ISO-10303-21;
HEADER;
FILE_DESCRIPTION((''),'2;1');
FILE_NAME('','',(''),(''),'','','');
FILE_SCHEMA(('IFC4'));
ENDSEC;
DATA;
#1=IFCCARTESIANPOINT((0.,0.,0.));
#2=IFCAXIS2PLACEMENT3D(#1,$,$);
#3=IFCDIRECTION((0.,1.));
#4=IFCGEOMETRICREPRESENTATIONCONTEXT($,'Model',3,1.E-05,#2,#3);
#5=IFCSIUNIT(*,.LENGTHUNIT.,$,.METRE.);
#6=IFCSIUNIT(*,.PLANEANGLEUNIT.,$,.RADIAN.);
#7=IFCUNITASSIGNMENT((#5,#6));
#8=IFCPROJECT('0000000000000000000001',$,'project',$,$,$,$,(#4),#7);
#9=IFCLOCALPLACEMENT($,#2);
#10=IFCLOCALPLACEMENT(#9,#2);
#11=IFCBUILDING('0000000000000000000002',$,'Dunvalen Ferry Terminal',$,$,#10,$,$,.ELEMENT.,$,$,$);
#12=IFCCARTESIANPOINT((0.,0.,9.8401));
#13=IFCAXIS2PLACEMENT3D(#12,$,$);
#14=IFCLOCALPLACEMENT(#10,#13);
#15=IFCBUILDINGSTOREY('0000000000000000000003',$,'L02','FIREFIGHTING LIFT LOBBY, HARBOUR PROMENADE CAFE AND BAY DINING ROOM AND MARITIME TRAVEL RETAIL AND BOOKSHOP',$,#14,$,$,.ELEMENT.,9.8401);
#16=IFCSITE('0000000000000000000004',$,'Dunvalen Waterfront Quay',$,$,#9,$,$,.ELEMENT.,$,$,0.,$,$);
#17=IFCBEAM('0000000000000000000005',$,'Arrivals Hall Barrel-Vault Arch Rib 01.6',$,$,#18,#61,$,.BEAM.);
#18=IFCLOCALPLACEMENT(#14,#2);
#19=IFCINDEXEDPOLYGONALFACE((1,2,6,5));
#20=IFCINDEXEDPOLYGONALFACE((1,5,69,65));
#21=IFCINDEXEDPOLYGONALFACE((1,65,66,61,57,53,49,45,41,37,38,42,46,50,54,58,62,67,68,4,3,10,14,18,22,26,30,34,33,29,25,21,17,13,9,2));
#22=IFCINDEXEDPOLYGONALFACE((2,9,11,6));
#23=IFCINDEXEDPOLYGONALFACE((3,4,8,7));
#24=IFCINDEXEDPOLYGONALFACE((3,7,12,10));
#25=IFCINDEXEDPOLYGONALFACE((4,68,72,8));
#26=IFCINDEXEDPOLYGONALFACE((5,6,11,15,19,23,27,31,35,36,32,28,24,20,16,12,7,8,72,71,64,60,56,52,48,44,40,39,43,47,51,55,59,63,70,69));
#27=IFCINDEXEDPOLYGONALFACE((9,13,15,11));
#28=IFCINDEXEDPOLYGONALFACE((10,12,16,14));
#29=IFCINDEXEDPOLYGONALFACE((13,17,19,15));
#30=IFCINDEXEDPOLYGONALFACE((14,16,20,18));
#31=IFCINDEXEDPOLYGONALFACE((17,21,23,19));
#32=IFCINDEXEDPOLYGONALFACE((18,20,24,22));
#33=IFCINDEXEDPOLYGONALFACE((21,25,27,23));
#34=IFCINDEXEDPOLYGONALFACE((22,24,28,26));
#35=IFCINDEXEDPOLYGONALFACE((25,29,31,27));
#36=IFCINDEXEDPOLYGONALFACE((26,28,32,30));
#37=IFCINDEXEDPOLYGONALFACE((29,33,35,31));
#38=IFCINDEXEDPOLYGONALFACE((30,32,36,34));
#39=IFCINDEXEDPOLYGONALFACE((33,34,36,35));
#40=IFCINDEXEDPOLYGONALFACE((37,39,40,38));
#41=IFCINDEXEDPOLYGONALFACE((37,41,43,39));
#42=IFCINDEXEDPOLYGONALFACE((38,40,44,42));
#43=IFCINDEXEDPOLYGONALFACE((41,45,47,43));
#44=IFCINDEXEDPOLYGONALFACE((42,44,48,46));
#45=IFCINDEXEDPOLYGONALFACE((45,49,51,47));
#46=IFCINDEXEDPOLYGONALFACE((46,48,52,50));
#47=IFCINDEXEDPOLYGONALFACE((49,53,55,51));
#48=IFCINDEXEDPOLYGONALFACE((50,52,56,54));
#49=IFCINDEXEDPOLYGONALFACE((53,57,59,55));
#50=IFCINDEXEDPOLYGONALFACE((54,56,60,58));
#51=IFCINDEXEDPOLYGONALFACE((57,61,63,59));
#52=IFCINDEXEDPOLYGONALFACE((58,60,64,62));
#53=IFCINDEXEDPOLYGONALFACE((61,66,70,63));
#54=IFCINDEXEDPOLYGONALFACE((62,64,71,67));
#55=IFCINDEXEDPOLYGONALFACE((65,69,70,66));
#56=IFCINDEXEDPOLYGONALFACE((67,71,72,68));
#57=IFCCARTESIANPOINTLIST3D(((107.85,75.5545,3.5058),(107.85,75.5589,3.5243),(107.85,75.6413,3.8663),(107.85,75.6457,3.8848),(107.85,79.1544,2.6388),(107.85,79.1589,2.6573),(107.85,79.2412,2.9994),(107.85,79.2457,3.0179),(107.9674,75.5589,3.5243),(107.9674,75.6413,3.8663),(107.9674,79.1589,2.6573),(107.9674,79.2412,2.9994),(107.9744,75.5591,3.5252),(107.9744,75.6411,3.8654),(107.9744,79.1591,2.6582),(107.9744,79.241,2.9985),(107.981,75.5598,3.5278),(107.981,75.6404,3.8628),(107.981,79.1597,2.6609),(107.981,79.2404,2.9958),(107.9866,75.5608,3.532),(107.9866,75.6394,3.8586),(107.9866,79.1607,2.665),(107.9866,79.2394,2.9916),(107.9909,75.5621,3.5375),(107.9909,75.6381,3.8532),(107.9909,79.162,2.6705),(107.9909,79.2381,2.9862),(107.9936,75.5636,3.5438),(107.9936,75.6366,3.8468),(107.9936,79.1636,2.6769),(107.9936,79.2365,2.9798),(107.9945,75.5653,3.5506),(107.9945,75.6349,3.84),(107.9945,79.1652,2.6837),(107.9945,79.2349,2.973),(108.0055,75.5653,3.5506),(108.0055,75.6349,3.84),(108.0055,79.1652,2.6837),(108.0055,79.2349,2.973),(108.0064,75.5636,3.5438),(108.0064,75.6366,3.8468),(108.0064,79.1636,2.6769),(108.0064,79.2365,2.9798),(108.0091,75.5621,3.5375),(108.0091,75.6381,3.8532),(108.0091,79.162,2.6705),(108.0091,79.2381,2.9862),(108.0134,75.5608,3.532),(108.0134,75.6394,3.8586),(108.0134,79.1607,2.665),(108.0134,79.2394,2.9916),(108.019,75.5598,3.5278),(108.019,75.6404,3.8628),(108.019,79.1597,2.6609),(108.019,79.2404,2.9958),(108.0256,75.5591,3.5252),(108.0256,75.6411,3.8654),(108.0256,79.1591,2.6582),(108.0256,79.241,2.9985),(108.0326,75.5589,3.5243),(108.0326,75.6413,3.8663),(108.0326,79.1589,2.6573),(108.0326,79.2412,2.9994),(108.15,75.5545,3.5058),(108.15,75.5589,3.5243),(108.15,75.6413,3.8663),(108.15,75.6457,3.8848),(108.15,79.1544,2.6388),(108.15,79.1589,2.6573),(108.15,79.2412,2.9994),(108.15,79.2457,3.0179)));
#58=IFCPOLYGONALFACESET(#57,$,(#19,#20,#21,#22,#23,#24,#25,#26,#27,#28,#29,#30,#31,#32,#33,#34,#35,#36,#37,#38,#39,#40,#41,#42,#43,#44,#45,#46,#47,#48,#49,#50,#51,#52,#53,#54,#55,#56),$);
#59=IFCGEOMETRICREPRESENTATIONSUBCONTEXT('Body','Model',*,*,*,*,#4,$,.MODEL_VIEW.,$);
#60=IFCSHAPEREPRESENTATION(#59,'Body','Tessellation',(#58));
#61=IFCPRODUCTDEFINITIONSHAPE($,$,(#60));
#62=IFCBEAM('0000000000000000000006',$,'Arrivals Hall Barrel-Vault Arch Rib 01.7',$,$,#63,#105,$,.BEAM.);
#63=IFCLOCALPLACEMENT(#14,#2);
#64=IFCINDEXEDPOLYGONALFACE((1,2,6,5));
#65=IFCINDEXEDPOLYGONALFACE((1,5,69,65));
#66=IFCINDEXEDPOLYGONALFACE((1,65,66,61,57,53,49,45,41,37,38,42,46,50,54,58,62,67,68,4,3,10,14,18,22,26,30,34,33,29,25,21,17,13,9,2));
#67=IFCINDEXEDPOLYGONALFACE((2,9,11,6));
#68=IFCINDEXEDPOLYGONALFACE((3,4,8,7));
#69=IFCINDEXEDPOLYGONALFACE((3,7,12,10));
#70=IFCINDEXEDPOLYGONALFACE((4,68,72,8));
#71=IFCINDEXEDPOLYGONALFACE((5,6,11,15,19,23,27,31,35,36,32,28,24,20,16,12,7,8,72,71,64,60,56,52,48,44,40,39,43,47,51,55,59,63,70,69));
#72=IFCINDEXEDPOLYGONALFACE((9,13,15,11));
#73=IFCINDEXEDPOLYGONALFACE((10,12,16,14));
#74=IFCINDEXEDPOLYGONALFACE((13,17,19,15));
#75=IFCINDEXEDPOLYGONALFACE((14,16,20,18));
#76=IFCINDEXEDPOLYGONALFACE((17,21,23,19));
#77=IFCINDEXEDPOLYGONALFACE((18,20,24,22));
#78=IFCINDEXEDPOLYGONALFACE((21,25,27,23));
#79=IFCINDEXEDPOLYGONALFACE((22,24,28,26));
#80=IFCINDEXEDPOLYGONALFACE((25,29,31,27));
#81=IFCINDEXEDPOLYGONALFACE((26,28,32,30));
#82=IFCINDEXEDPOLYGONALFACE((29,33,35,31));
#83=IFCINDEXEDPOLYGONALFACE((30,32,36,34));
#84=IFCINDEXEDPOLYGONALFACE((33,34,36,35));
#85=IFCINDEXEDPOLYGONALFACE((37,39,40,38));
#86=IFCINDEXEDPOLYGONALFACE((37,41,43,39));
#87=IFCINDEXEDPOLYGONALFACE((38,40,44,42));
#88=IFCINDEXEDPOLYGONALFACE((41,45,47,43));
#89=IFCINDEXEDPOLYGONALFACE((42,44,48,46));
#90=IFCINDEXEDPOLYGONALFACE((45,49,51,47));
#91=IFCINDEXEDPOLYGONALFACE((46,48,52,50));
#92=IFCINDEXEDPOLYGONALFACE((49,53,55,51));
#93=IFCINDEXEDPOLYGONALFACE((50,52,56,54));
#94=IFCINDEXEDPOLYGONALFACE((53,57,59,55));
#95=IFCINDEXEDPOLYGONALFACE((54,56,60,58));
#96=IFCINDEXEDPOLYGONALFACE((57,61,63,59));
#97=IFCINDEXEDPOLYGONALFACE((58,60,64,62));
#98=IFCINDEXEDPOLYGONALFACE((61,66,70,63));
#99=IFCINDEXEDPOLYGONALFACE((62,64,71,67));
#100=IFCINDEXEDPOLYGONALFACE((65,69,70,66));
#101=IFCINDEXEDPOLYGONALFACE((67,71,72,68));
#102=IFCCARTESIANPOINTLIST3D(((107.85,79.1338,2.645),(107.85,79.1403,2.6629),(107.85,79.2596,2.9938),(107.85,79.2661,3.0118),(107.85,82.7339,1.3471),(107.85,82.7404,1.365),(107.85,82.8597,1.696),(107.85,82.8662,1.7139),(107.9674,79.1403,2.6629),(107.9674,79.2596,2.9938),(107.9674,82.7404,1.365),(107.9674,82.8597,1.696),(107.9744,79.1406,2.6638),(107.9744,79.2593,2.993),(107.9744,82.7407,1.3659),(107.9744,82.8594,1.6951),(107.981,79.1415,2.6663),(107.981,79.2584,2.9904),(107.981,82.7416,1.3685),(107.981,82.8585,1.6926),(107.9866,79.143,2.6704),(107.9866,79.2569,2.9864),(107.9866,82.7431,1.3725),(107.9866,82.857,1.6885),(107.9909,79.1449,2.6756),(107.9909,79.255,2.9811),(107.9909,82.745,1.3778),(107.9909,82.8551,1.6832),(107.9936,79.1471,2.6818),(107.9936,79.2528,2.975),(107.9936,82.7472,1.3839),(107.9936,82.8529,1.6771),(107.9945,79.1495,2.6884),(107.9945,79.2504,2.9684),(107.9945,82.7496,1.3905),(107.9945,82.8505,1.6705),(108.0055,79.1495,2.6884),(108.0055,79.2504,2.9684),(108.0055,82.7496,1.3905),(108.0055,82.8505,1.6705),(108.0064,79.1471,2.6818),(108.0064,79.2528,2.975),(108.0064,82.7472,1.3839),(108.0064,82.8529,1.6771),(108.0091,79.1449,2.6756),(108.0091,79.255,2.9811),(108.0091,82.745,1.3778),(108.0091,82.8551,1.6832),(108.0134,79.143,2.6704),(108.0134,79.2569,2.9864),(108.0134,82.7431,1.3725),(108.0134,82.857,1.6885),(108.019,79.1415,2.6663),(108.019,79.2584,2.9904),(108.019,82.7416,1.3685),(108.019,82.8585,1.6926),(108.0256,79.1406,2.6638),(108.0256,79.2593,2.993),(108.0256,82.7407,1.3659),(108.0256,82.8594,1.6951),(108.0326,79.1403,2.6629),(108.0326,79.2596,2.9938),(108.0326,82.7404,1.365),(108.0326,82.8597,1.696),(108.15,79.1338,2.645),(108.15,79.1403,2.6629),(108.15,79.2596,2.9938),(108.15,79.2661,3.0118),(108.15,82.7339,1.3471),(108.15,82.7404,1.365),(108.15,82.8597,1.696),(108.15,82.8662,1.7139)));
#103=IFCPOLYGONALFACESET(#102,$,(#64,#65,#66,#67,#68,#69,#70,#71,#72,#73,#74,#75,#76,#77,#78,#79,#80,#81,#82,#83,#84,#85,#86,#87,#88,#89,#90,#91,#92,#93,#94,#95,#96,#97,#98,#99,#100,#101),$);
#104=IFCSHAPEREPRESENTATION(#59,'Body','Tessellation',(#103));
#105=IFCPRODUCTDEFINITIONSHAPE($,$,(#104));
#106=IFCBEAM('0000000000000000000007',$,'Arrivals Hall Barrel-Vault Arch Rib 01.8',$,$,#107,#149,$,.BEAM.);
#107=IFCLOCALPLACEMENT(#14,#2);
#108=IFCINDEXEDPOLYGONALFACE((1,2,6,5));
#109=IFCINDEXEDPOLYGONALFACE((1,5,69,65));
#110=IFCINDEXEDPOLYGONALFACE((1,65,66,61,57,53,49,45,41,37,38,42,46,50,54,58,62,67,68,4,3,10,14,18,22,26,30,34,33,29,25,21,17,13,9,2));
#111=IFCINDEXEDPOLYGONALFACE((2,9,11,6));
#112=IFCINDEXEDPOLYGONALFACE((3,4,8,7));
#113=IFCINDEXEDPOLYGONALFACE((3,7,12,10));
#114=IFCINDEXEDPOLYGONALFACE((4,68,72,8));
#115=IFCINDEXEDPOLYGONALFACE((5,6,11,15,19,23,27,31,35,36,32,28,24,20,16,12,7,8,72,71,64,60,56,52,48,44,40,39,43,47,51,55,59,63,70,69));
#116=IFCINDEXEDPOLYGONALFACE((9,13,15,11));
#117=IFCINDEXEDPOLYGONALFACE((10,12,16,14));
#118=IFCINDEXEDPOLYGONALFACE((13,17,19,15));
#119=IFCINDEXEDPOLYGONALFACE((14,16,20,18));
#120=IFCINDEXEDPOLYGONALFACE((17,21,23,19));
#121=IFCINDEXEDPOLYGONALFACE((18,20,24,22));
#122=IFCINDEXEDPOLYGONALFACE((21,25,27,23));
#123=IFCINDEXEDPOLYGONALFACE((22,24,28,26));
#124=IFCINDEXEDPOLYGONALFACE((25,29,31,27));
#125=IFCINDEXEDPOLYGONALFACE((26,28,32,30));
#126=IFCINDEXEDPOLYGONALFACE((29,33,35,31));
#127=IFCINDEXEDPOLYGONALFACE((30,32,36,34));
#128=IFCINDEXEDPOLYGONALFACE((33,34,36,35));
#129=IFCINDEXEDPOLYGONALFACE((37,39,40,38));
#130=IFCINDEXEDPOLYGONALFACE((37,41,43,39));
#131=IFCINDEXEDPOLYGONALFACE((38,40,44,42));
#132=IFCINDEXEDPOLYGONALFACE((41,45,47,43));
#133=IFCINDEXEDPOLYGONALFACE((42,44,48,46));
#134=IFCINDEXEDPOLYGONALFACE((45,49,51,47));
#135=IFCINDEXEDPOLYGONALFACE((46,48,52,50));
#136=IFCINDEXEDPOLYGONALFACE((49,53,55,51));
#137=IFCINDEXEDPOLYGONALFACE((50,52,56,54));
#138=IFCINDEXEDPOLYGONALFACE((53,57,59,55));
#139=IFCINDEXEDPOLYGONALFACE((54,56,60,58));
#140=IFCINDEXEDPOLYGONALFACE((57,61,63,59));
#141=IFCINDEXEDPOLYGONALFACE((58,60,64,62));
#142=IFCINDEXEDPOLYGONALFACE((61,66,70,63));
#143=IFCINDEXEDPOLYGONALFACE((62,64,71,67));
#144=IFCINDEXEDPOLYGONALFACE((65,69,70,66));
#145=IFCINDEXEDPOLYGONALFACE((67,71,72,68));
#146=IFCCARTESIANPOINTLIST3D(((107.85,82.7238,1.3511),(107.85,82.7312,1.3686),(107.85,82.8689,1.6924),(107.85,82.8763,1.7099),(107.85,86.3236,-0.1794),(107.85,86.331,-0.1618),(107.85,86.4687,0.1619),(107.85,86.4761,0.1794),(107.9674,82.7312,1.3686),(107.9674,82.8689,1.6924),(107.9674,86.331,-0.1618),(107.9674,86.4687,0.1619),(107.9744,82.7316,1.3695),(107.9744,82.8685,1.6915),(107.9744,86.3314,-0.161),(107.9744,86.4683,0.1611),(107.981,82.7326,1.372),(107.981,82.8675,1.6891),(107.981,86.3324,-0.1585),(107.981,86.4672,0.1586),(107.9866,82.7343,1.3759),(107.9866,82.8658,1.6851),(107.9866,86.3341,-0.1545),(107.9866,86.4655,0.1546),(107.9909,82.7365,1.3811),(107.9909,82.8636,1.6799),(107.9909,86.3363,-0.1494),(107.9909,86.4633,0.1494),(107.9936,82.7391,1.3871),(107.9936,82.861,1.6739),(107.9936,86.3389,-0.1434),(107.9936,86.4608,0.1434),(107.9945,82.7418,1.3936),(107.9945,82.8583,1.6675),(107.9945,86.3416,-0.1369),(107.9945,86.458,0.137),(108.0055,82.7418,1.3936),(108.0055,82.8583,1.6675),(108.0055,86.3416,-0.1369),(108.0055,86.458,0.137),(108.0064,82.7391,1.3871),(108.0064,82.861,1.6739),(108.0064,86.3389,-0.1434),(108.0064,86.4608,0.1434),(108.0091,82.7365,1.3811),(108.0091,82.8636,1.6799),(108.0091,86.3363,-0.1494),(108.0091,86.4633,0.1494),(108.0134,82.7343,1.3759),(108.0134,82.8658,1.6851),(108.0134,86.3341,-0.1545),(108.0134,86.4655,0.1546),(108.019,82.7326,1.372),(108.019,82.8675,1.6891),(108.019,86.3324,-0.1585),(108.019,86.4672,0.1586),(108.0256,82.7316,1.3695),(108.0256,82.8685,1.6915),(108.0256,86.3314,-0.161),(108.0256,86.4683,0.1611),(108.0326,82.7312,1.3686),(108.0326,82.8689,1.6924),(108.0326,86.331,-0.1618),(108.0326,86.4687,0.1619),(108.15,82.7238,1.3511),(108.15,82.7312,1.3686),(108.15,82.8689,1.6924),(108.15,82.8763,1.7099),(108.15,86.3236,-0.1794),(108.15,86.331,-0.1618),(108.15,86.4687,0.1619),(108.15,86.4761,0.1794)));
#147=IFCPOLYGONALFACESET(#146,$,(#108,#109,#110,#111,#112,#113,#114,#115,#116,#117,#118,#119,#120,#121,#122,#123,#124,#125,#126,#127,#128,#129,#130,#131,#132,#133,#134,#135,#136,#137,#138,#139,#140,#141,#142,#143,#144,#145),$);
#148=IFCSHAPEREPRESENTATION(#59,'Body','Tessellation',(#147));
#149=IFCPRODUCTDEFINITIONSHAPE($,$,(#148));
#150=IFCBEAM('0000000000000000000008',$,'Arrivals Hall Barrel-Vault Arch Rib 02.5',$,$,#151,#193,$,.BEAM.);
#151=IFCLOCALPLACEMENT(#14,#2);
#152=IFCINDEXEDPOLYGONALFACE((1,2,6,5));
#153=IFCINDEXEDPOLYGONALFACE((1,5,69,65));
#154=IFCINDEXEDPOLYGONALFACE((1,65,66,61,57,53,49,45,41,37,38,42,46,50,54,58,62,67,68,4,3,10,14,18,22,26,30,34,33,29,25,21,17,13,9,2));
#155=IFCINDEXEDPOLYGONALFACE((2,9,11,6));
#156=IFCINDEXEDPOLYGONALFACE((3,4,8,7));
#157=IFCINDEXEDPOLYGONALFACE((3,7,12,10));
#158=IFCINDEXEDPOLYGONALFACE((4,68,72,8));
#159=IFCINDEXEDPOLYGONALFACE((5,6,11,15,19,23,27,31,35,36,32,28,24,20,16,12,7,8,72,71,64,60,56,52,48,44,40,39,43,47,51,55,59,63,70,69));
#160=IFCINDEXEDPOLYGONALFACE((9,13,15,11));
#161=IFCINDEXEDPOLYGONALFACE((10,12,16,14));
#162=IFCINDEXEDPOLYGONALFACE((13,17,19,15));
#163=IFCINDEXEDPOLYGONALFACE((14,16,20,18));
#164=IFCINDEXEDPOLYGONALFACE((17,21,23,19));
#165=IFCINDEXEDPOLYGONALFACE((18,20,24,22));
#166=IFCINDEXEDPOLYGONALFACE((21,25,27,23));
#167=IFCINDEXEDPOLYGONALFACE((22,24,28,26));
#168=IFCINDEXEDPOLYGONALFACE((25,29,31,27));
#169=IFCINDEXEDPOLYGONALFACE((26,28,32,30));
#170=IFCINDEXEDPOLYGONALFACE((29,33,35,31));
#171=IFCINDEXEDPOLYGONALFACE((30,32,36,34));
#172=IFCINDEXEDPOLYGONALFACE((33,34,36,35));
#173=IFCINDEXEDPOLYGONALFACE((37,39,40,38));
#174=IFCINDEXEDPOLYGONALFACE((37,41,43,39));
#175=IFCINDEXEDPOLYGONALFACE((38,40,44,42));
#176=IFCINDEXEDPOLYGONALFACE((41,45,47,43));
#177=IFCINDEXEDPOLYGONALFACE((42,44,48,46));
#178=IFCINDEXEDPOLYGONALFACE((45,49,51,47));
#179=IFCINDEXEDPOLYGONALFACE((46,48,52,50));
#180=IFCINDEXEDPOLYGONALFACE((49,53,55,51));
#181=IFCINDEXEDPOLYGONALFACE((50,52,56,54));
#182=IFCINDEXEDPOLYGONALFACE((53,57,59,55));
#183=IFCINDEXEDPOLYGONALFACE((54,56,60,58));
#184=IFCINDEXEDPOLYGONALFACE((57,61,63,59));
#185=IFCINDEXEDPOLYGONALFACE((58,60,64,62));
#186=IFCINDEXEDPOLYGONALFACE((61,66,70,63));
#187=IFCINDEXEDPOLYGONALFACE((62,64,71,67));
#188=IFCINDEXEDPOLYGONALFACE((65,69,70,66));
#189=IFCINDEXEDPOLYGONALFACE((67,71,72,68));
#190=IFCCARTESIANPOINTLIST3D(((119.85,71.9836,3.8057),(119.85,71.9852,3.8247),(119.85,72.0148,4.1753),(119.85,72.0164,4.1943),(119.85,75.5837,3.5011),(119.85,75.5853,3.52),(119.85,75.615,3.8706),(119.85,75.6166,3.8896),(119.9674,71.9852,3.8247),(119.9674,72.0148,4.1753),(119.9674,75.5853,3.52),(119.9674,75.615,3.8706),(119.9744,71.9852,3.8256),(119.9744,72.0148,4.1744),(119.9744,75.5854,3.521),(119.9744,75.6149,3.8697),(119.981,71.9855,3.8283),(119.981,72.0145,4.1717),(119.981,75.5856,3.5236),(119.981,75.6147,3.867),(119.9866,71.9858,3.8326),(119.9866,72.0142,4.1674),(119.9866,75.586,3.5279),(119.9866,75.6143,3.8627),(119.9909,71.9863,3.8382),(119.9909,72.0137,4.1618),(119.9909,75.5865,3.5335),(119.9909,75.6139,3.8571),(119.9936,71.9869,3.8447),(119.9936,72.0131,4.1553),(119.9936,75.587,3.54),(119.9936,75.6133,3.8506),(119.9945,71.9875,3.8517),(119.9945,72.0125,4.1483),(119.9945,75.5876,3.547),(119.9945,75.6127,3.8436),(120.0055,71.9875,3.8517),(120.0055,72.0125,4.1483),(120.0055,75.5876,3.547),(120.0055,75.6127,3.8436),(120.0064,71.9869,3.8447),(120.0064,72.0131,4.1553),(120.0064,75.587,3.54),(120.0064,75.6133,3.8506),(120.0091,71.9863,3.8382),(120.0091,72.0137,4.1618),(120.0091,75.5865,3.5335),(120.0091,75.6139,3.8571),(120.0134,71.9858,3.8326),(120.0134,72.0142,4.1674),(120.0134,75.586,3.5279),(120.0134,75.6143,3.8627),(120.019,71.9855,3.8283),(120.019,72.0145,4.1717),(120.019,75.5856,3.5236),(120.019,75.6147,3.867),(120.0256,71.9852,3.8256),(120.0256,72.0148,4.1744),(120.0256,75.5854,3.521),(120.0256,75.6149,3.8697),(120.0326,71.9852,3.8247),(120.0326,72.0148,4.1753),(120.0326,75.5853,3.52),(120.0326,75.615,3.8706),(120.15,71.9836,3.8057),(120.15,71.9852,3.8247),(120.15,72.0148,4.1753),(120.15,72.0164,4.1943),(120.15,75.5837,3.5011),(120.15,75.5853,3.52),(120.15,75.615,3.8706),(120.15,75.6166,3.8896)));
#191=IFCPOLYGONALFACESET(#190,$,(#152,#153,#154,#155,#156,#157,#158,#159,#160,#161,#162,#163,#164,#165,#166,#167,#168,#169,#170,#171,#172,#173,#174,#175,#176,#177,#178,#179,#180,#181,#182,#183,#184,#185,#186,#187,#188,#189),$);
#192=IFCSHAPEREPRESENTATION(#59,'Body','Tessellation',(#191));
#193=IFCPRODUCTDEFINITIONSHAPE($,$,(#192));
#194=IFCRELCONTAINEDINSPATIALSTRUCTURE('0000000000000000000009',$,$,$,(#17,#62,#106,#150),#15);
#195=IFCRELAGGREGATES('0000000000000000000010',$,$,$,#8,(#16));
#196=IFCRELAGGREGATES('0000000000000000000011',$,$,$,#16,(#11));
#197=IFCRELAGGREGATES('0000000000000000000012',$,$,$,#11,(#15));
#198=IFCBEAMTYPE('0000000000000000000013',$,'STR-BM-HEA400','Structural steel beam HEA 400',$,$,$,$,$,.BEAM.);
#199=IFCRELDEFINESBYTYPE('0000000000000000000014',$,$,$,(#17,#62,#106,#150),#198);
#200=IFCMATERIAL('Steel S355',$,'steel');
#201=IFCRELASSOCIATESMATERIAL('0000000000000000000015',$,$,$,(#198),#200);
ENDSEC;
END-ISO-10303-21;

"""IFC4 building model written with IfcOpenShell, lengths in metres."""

from ifc_helpers import new_model, si_unit, direction, frame, origin, origin_2d, place, context, subcontext, project, spatial, i_section, extrude, material, material_profile, profile_set, type_object, element, save


model = new_model("IFC4")

# Units and contexts
model_context = context("Model", 3, precision=1e-05, world=origin(), true_north=direction((0.0, 1.0)))
body_context = subcontext(model_context, "Body", "Model", "MODEL_VIEW")
ifc_project = project(units=[si_unit("LENGTHUNIT", "METRE"), si_unit("PLANEANGLEUNIT", "RADIAN")], contexts=[model_context])

# Site, building, storey
site_placement = place(None, origin())
site = spatial("IfcSite", under=ifc_project, at=site_placement, Name="Dunvalen Waterfront Quay", CompositionType="ELEMENT", RefElevation=0.0)
building_placement = place(site_placement, origin())
building = spatial("IfcBuilding", under=site, at=building_placement, Name="Dunvalen Ferry Terminal", CompositionType="ELEMENT")
storey_placement = place(building_placement, frame((0.0, 0.0, 9.8401)))
storey = spatial("IfcBuildingStorey", under=building, at=storey_placement, Name="L02", Description="FIREFIGHTING LIFT LOBBY, HARBOUR PROMENADE CAFE AND BAY DINING ROOM AND MARITIME TRAVEL RETAIL AND BOOKSHOP", CompositionType="ELEMENT", Elevation=9.8401)

# Beams
ifc_material_1 = material(Name="Steel S355", Category="steel")
ifc_material_profile_1 = material_profile(ifc_material_1, i_section(OverallWidth=0.3, OverallDepth=0.3899, WebThickness=0.011, FlangeThickness=0.019, FilletRadius=0.0271, at=origin_2d()), Name="Steel S355")
ifc_profile_set_1 = profile_set([ifc_material_profile_1], Name="Steel S355")
beam_type = type_object("IfcBeamType", Name="STR-BM-HEA400", Description="Structural steel beam HEA 400", PredefinedType="BEAM", material=ifc_profile_set_1)
beam_1_placement = place(storey_placement, frame((108.0, 75.6001, 3.6953), z_axis=(0.0, 0.972204, -0.234133), x_axis=(-1.0, 0.0, 0.0)))
element("IfcBeam", 1, at=beam_1_placement, inside=storey, type_object=beam_type, Name="Arrivals Hall Barrel-Vault Arch Rib 01.6", PredefinedType="BEAM", context=body_context, shape_type="SweptSolid", body=[
    extrude(i_section(OverallWidth=0.3, OverallDepth=0.3899, WebThickness=0.011, FlangeThickness=0.019, FilletRadius=0.0271, at=origin_2d()), origin(), (0.0, 0.0, 1.0), 3.7029),
])
beam_2_placement = place(storey_placement, frame((108.0, 79.2, 2.8284), z_axis=(0.0, 0.940736, -0.33914), x_axis=(-1.0, 0.0, 0.0)))
element("IfcBeam", 2, at=beam_2_placement, inside=storey, type_object=beam_type, Name="Arrivals Hall Barrel-Vault Arch Rib 01.7", PredefinedType="BEAM", context=body_context, shape_type="SweptSolid", body=[
    extrude(i_section(OverallWidth=0.3, OverallDepth=0.3899, WebThickness=0.011, FlangeThickness=0.019, FilletRadius=0.0271, at=origin_2d()), origin(), (0.0, 0.0, 1.0), 3.8269),
])
beam_3_placement = place(storey_placement, frame((108.0, 82.8, 1.5305), z_axis=(0.0, 0.920278, -0.391266), x_axis=(-1.0, 0.0, 0.0)))
element("IfcBeam", 3, at=beam_3_placement, inside=storey, type_object=beam_type, Name="Arrivals Hall Barrel-Vault Arch Rib 01.8", PredefinedType="BEAM", context=body_context, shape_type="SweptSolid", body=[
    extrude(i_section(OverallWidth=0.3, OverallDepth=0.3899, WebThickness=0.011, FlangeThickness=0.019, FilletRadius=0.0271, at=origin_2d()), origin(), (0.0, 0.0, 1.0), 3.9116),
])
beam_4_placement = place(storey_placement, frame((120.0, 72.0, 4.0), z_axis=(0.0, 0.996438, -0.084332), x_axis=(-1.0, 0.0, 0.0)))
element("IfcBeam", 4, at=beam_4_placement, inside=storey, type_object=beam_type, Name="Arrivals Hall Barrel-Vault Arch Rib 02.5", PredefinedType="BEAM", context=body_context, shape_type="SweptSolid", body=[
    extrude(i_section(OverallWidth=0.3, OverallDepth=0.3899, WebThickness=0.011, FlangeThickness=0.019, FilletRadius=0.0271, at=origin_2d()), origin(), (0.0, 0.0, 1.0), 3.613),
])

save(model, "model.ifc")
